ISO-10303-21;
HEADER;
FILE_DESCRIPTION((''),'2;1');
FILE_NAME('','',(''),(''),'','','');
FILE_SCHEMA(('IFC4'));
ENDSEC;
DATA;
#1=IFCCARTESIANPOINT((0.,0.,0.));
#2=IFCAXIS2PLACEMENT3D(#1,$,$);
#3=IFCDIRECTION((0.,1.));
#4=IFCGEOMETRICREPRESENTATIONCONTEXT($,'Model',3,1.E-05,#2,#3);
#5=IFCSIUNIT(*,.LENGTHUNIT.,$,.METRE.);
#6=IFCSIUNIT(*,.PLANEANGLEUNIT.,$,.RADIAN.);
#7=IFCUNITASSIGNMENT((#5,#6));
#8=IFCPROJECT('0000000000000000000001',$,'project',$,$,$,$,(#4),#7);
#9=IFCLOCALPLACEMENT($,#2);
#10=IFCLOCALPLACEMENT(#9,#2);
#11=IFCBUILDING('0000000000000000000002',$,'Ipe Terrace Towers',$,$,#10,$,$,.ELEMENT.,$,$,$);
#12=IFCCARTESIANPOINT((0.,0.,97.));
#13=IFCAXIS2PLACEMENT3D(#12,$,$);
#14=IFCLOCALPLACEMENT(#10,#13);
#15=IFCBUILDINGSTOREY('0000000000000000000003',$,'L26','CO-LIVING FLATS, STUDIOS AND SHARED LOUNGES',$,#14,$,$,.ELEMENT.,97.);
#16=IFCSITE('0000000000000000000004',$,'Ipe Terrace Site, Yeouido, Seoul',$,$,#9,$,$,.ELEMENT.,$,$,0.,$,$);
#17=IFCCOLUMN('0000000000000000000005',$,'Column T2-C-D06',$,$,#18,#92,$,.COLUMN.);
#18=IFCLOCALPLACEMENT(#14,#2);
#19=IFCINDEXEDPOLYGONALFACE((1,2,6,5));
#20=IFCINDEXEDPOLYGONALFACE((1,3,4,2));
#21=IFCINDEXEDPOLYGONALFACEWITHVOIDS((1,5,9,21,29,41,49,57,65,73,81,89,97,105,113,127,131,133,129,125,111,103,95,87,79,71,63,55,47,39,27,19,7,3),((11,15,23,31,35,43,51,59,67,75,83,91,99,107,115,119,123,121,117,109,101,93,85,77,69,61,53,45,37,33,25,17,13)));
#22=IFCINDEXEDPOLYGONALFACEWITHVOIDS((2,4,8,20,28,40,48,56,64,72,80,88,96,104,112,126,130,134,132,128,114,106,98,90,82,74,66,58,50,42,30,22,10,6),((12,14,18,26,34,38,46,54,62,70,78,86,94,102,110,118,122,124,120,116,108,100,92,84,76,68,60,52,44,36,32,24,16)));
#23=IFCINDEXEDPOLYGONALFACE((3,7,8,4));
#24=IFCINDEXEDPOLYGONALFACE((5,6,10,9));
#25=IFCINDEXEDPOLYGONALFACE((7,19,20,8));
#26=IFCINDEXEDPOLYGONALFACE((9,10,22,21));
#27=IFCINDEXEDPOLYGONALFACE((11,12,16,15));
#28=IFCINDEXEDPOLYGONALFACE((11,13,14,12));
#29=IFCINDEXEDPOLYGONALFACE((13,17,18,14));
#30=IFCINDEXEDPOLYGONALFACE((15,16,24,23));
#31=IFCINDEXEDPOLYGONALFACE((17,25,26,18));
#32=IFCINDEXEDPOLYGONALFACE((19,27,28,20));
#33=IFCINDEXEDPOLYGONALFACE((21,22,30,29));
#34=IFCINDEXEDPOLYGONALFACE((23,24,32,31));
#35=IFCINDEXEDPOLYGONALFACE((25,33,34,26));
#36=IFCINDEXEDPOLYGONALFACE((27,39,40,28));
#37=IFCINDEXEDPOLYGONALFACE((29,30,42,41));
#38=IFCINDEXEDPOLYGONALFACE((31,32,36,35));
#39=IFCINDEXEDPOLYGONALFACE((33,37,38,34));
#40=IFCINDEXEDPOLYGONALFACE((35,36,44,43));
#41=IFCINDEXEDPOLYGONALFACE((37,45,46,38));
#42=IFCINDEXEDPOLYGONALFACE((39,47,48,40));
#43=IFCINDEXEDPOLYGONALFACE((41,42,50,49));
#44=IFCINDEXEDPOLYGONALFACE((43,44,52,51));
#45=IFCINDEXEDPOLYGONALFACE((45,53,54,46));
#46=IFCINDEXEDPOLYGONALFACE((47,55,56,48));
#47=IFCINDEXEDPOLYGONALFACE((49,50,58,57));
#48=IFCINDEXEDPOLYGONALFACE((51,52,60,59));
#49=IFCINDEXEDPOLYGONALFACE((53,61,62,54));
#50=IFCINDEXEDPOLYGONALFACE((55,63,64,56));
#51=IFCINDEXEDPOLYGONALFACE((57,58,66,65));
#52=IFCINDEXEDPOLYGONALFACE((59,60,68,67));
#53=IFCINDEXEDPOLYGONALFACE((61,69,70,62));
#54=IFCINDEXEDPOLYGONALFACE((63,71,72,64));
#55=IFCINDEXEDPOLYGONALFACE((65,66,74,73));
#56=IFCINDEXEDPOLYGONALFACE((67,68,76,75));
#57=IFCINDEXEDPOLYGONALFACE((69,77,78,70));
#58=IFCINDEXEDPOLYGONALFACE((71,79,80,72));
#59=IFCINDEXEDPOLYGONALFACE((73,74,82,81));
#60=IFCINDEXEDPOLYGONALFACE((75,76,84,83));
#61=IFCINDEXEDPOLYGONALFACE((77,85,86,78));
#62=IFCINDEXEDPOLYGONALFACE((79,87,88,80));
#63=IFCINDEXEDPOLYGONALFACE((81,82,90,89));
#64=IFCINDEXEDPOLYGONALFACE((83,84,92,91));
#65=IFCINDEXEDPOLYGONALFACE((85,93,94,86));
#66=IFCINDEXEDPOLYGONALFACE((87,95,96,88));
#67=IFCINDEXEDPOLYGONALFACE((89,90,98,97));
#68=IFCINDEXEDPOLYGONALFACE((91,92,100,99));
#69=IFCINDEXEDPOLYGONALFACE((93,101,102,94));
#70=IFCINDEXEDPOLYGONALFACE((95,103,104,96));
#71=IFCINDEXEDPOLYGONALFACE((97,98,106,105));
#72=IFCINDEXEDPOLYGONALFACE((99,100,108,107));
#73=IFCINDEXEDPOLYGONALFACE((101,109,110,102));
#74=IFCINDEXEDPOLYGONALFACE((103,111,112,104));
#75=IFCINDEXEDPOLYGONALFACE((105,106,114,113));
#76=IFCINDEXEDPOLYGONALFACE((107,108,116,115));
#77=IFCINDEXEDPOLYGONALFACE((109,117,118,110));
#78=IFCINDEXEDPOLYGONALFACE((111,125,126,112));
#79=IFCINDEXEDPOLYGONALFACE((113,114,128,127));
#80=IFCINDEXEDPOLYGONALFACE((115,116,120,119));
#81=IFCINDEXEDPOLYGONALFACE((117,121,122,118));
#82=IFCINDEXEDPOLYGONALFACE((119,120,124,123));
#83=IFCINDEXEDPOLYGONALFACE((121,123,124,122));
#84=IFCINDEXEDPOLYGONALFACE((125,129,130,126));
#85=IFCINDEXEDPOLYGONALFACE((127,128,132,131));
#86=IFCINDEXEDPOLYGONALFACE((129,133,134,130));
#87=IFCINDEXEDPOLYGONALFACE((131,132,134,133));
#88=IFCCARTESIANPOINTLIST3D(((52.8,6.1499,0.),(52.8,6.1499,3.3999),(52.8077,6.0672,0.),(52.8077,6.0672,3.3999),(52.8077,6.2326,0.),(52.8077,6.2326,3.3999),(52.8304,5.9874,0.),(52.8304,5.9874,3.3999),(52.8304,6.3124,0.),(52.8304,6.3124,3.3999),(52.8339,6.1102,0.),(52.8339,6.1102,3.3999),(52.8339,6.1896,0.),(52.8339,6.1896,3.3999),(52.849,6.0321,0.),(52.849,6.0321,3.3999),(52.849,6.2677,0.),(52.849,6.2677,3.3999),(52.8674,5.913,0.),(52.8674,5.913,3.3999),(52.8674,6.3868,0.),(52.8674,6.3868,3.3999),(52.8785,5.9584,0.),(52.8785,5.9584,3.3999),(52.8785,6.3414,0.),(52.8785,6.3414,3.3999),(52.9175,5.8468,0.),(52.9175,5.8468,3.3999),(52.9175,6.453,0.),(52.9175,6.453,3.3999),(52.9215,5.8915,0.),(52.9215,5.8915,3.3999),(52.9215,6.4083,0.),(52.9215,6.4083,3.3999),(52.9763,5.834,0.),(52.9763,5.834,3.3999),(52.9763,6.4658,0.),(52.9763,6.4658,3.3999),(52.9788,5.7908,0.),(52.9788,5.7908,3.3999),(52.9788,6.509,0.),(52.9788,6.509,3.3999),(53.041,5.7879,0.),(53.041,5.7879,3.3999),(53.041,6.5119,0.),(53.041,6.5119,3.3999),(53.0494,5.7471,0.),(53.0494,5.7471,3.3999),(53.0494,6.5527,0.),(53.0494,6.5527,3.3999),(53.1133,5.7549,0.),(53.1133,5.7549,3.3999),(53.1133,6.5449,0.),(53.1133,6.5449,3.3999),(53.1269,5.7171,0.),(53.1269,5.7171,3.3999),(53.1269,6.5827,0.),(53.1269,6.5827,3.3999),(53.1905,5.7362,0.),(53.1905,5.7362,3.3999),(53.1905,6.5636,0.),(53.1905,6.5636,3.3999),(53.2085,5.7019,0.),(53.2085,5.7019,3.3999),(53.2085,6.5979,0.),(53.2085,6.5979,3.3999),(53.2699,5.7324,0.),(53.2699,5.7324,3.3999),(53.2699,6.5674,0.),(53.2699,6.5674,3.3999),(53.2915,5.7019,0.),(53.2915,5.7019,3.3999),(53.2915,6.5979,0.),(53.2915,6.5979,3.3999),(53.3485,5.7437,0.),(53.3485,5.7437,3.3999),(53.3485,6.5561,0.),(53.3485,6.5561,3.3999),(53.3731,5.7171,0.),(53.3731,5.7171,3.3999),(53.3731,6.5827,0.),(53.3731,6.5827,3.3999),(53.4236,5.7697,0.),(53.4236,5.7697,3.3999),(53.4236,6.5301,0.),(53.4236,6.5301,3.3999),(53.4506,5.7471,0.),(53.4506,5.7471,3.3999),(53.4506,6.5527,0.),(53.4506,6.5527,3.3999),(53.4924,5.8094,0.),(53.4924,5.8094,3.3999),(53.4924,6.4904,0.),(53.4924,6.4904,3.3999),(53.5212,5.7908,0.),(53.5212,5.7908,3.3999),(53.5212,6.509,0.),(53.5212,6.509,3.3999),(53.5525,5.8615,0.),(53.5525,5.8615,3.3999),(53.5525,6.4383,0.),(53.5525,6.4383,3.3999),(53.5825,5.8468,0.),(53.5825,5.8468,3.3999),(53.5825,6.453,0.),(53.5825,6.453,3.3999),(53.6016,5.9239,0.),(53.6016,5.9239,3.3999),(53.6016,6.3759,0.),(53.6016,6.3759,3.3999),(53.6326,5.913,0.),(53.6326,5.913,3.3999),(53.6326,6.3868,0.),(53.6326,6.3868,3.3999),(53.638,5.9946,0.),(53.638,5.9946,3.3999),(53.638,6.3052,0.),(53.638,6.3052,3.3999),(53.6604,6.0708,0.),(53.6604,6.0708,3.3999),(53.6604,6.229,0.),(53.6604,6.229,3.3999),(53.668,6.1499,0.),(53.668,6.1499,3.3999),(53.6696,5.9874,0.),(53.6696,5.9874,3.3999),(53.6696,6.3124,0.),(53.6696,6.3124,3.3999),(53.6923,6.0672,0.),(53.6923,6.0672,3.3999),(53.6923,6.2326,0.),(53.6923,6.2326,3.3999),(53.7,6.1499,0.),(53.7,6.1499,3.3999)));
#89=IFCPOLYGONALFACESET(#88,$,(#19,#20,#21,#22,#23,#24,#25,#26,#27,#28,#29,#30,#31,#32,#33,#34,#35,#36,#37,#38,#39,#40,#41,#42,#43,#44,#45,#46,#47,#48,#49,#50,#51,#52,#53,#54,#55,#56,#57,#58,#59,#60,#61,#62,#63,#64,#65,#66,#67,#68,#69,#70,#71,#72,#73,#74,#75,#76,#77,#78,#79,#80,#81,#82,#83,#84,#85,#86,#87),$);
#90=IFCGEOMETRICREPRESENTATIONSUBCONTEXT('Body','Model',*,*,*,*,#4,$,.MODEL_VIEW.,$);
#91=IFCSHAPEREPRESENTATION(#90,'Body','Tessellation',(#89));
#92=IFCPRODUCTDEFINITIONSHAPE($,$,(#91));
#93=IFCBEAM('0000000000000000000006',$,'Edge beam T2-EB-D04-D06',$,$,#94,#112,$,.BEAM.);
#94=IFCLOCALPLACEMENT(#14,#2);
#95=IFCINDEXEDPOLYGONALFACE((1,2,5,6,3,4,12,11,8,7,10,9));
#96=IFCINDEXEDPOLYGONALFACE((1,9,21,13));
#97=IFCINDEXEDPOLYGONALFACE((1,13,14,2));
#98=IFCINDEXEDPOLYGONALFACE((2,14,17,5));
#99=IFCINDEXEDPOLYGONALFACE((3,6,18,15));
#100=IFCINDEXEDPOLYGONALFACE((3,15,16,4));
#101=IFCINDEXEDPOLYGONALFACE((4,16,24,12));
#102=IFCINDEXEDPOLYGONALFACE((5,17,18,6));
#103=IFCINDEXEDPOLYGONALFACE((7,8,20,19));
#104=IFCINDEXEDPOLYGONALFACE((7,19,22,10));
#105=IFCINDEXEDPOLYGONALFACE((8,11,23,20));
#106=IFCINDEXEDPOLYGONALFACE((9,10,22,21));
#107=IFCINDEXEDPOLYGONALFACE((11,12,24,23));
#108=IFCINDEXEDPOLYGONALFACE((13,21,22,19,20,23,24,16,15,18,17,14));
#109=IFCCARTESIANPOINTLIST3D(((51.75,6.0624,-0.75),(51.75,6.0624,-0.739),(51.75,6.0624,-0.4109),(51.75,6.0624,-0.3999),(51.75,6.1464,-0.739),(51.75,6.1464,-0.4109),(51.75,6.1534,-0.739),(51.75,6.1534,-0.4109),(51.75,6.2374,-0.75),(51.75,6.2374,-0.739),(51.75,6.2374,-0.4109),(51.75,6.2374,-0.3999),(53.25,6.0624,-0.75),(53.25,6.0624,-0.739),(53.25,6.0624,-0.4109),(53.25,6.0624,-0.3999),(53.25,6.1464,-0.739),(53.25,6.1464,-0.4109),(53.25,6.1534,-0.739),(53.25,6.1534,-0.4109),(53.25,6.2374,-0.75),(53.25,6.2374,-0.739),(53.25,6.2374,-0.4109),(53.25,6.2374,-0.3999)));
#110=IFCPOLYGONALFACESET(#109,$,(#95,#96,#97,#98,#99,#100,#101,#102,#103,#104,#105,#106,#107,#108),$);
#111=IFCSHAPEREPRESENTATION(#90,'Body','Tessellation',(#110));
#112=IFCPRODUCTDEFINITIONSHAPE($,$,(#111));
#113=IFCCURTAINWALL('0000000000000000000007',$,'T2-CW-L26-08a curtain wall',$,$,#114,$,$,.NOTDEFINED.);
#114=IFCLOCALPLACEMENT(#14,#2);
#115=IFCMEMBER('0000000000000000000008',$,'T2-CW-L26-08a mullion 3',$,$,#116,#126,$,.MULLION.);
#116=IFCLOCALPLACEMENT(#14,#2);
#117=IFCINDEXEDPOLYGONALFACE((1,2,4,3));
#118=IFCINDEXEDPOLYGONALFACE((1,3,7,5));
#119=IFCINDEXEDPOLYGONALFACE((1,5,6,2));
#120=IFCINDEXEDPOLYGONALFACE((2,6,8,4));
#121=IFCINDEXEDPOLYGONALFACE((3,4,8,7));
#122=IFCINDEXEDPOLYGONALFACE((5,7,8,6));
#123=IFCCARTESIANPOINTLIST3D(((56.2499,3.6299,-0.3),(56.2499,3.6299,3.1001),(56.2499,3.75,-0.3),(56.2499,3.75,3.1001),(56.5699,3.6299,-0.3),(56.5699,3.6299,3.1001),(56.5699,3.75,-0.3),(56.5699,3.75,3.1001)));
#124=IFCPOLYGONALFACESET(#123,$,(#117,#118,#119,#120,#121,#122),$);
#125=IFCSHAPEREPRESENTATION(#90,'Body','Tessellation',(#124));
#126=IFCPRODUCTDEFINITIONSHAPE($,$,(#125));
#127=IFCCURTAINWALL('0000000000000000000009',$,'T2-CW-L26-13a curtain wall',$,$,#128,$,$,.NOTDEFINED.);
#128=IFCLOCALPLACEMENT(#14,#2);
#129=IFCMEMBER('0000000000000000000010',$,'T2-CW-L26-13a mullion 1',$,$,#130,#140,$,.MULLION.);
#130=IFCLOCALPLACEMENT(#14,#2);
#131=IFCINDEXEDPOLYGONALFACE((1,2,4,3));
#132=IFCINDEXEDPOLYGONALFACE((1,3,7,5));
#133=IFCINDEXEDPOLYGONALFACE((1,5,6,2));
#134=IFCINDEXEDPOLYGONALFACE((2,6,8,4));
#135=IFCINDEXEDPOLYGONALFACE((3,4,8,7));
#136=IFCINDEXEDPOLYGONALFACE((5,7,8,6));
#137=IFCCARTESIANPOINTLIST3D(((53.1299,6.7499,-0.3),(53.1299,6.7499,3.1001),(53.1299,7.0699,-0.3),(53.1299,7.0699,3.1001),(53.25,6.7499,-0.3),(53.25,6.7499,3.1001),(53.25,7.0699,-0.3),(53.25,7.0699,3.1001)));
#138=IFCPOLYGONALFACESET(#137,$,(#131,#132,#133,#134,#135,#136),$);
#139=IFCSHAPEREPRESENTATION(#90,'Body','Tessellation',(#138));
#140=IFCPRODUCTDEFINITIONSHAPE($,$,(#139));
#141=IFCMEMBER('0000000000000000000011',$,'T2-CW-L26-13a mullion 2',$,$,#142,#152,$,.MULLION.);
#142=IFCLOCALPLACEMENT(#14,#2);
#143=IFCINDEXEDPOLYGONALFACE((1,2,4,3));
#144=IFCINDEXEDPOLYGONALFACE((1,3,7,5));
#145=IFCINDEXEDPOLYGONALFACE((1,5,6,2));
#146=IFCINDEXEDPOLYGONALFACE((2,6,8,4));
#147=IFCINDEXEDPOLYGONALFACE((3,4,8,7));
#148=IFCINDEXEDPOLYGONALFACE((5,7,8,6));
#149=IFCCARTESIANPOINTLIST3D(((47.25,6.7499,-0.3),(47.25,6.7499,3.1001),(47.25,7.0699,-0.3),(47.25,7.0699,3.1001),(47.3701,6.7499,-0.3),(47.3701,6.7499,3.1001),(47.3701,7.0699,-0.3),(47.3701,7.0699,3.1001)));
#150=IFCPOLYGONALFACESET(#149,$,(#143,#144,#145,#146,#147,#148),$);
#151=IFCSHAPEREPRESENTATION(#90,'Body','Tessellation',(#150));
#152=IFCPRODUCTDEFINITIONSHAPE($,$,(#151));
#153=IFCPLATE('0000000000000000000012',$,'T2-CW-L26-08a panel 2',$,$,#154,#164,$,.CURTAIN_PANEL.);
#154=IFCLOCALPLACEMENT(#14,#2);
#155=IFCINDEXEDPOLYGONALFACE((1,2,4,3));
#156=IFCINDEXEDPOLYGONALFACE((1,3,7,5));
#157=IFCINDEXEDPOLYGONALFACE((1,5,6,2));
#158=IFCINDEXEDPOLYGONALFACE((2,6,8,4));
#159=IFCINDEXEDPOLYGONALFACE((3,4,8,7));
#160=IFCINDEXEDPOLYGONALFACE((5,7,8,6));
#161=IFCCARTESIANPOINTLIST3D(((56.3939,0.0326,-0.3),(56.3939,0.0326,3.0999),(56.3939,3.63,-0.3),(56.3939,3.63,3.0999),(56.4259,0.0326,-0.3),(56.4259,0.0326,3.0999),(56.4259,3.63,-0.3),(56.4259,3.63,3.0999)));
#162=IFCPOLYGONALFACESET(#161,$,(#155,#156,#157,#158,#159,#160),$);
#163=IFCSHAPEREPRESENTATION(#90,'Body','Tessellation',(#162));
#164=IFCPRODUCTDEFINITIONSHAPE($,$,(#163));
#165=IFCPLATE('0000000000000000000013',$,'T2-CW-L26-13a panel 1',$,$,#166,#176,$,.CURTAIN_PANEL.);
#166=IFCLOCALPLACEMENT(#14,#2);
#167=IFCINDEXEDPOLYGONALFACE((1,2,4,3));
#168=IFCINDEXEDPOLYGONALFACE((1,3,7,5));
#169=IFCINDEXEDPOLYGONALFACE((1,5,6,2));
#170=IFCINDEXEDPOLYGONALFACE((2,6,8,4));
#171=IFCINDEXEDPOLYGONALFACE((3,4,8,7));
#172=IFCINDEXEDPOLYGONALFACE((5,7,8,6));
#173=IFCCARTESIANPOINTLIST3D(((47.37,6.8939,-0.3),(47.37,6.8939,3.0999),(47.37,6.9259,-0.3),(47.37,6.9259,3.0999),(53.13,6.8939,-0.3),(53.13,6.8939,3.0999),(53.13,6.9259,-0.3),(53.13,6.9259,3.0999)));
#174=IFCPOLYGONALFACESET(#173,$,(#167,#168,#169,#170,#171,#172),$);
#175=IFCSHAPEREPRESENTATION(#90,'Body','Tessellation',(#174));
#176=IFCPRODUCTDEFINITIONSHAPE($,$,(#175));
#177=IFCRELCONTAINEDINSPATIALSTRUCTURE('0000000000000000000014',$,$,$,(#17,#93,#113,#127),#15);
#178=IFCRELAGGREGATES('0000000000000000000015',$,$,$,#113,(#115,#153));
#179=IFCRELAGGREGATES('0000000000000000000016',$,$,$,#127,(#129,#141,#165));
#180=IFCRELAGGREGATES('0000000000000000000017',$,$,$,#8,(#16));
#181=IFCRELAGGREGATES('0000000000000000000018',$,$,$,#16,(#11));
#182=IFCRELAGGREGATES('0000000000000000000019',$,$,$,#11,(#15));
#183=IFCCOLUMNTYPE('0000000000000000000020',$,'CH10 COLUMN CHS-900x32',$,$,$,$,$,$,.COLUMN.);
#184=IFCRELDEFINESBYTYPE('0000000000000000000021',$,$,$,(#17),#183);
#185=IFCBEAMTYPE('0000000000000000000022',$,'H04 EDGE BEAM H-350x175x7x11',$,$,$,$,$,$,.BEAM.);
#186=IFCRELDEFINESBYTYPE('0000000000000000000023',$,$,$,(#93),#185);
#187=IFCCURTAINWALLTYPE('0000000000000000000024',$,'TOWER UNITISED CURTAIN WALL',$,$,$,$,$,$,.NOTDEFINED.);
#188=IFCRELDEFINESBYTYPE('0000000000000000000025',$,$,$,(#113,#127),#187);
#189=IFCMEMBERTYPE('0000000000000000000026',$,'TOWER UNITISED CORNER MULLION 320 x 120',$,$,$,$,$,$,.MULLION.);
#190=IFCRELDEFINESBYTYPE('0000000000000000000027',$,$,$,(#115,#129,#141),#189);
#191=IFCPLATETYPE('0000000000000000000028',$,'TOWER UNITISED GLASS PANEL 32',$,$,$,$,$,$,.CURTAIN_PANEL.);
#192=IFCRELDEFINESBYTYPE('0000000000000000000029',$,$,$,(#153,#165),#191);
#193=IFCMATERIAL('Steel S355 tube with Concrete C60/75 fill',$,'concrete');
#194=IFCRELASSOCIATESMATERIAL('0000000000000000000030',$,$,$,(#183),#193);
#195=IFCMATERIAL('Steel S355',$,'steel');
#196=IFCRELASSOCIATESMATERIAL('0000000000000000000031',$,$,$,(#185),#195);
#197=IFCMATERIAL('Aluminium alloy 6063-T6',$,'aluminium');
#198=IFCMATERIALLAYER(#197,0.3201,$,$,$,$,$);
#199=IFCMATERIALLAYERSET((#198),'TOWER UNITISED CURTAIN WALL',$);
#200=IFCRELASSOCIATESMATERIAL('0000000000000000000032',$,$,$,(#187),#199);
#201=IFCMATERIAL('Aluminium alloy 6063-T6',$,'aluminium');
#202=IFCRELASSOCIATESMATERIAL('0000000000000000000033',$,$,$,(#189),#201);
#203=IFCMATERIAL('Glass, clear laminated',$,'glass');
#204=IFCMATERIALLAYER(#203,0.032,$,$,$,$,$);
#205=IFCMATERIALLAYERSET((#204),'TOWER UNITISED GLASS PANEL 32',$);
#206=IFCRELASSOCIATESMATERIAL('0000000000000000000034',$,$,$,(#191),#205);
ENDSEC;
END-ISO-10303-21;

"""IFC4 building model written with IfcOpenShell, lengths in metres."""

from ifc_helpers import new_model, si_unit, direction, frame, origin, origin_2d, place, context, subcontext, project, spatial, rectangle, hollow_circle, i_section, extrude, material, layer, layer_set, material_profile, profile_set, type_object, element, aggregate, save


model = new_model("IFC4")

# Units and contexts
model_context = context("Model", 3, precision=1e-05, world=origin(), true_north=direction((0.0, 1.0)))
body_context = subcontext(model_context, "Body", "Model", "MODEL_VIEW")
ifc_project = project(units=[si_unit("LENGTHUNIT", "METRE"), si_unit("PLANEANGLEUNIT", "RADIAN")], contexts=[model_context])

# Site, building, storey
site_placement = place(None, origin())
site = spatial("IfcSite", under=ifc_project, at=site_placement, Name="Ipe Terrace Site, Yeouido, Seoul", CompositionType="ELEMENT", RefElevation=0.0)
building_placement = place(site_placement, origin())
building = spatial("IfcBuilding", under=site, at=building_placement, Name="Ipe Terrace Towers", CompositionType="ELEMENT")
storey_placement = place(building_placement, frame((0.0, 0.0, 97.0)))
storey = spatial("IfcBuildingStorey", under=building, at=storey_placement, Name="L26", Description="CO-LIVING FLATS, STUDIOS AND SHARED LOUNGES", CompositionType="ELEMENT", Elevation=97.0)

# Column
ifc_material_1 = material(Name="Steel S355 tube with Concrete C60/75 fill", Category="concrete")
ifc_material_profile_1 = material_profile(ifc_material_1, hollow_circle(Radius=0.45, WallThickness=0.032, at=origin_2d()), Name="CHS-900x32")
ifc_profile_set_1 = profile_set([ifc_material_profile_1], Name="Steel S355 tube with Concrete C60/75 fill")
column_type_1 = type_object("IfcColumnType", Name="CH10 COLUMN CHS-900x32", PredefinedType="COLUMN", material=ifc_profile_set_1)
for number, where, z_axis, x_axis, name in (
    (1, (53.25, 6.1499, 0.0), (0.0, 0.0, 1.0), (1.0, 0.0, 0.0), "Column T2-C-D06"),
):
    element("IfcColumn", number, at=place(storey_placement, frame(where, z_axis=z_axis, x_axis=x_axis)), inside=storey, type_object=column_type_1, Name=name, PredefinedType="COLUMN", context=body_context, shape_type="SweptSolid", body=[
        extrude(hollow_circle(Radius=0.45, WallThickness=0.032, at=origin_2d()), origin(), (0.0, 0.0, 1.0), 3.3999),
    ])

# Beam
ifc_material_2 = material(Name="Steel S355", Category="steel")
ifc_material_profile_2 = material_profile(ifc_material_2, i_section(OverallWidth=0.175, OverallDepth=0.3501, WebThickness=0.0071, FlangeThickness=0.011, at=origin_2d()), Name="H-350x175x7x11")
ifc_profile_set_2 = profile_set([ifc_material_profile_2], Name="Steel S355")
beam_type = type_object("IfcBeamType", Name="H04 EDGE BEAM H-350x175x7x11", PredefinedType="BEAM", material=ifc_profile_set_2)
beam_placement = place(storey_placement, frame((51.75, 6.1499, -0.575), z_axis=(1.0, 0.0, 0.0), x_axis=(0.0, 1.0, 0.0)))
element("IfcBeam", 2, at=beam_placement, inside=storey, type_object=beam_type, Name="Edge beam T2-EB-D04-D06", PredefinedType="BEAM", context=body_context, shape_type="SweptSolid", body=[
    extrude(i_section(OverallWidth=0.175, OverallDepth=0.3501, WebThickness=0.0071, FlangeThickness=0.011, at=origin_2d()), origin(), (0.0, 0.0, 1.0), 1.5),
])

# Curtain wall, member
ifc_material_3 = material(Name="Aluminium alloy 6063-T6", Category="aluminium")
ifc_layer_1 = layer(ifc_material_3, 0.3201)
ifc_layer_set_1 = layer_set([ifc_layer_1], Name="TOWER UNITISED CURTAIN WALL")
curtain_wall_type = type_object("IfcCurtainWallType", Name="TOWER UNITISED CURTAIN WALL", PredefinedType="NOTDEFINED", material=ifc_layer_set_1)
curtain_wall_1_placement = place(storey_placement, origin())
curtain_wall_1 = element("IfcCurtainWall", 3, at=curtain_wall_1_placement, inside=storey, type_object=curtain_wall_type, Name="T2-CW-L26-08a curtain wall", PredefinedType="NOTDEFINED")
ifc_material_4 = material(Name="Aluminium alloy 6063-T6", Category="aluminium")
ifc_material_profile_3 = material_profile(ifc_material_4, rectangle(XDim=0.3201, YDim=0.1201, at=origin_2d()), Name="TOWER UNITISED CORNER MULLION 320 x 120")
ifc_profile_set_3 = profile_set([ifc_material_profile_3], Name="Aluminium alloy 6063-T6")
member_type = type_object("IfcMemberType", Name="TOWER UNITISED CORNER MULLION 320 x 120", PredefinedType="MULLION", material=ifc_profile_set_3)
member_1_placement = place(storey_placement, frame((56.4099, 3.6899, -0.3), z_axis=(0.0, 0.0, 1.0), x_axis=(1.0, 0.0, 0.0)))
member_1 = element("IfcMember", 4, at=member_1_placement, type_object=member_type, Name="T2-CW-L26-08a mullion 3", PredefinedType="MULLION", context=body_context, shape_type="SweptSolid", body=[
    extrude(rectangle(XDim=0.3201, YDim=0.1201, at=origin_2d()), origin(), (0.0, 0.0, 1.0), 3.4001),
])

# Curtain wall, members
curtain_wall_2_placement = place(storey_placement, origin())
curtain_wall_2 = element("IfcCurtainWall", 5, at=curtain_wall_2_placement, inside=storey, type_object=curtain_wall_type, Name="T2-CW-L26-13a curtain wall", PredefinedType="NOTDEFINED")
member_2_placement = place(storey_placement, frame((53.1899, 6.9099, -0.3), z_axis=(0.0, 0.0, 1.0), x_axis=(0.0, 1.0, 0.0)))
member_2 = element("IfcMember", 6, at=member_2_placement, type_object=member_type, Name="T2-CW-L26-13a mullion 1", PredefinedType="MULLION", context=body_context, shape_type="SweptSolid", body=[
    extrude(rectangle(XDim=0.3201, YDim=0.1201, at=origin_2d()), origin(), (0.0, 0.0, 1.0), 3.4001),
])
member_3_placement = place(storey_placement, frame((47.3101, 6.9099, -0.3), z_axis=(0.0, 0.0, 1.0), x_axis=(0.0, 1.0, 0.0)))
member_3 = element("IfcMember", 7, at=member_3_placement, type_object=member_type, Name="T2-CW-L26-13a mullion 2", PredefinedType="MULLION", context=body_context, shape_type="SweptSolid", body=[
    extrude(rectangle(XDim=0.3201, YDim=0.1201, at=origin_2d()), origin(), (0.0, 0.0, 1.0), 3.4001),
])

# Plates
ifc_material_5 = material(Name="Glass, clear laminated", Category="glass")
ifc_layer_2 = layer(ifc_material_5, 0.032)
ifc_layer_set_2 = layer_set([ifc_layer_2], Name="TOWER UNITISED GLASS PANEL 32")
plate_type = type_object("IfcPlateType", Name="TOWER UNITISED GLASS PANEL 32", PredefinedType="CURTAIN_PANEL", material=ifc_layer_set_2)
plate_1_placement = place(storey_placement, frame((56.4099, 1.8313, -0.3), z_axis=(0.0, 0.0, 1.0), x_axis=(0.0, 1.0, 0.0)))
plate_1 = element("IfcPlate", 8, at=plate_1_placement, type_object=plate_type, Name="T2-CW-L26-08a panel 2", PredefinedType="CURTAIN_PANEL", context=body_context, shape_type="SweptSolid", body=[
    extrude(rectangle(XDim=3.5974, YDim=0.032, at=origin_2d()), origin(), (0.0, 0.0, 1.0), 3.3999),
])
aggregate(curtain_wall_1, [member_1, plate_1])
plate_2_placement = place(storey_placement, frame((50.25, 6.9099, -0.3), z_axis=(0.0, 0.0, 1.0), x_axis=(-1.0, 0.0, 0.0)))
plate_2 = element("IfcPlate", 9, at=plate_2_placement, type_object=plate_type, Name="T2-CW-L26-13a panel 1", PredefinedType="CURTAIN_PANEL", context=body_context, shape_type="SweptSolid", body=[
    extrude(rectangle(XDim=5.76, YDim=0.032, at=origin_2d()), origin(), (0.0, 0.0, 1.0), 3.3999),
])
aggregate(curtain_wall_2, [member_2, member_3, plate_2])

save(model, "model.ifc")
